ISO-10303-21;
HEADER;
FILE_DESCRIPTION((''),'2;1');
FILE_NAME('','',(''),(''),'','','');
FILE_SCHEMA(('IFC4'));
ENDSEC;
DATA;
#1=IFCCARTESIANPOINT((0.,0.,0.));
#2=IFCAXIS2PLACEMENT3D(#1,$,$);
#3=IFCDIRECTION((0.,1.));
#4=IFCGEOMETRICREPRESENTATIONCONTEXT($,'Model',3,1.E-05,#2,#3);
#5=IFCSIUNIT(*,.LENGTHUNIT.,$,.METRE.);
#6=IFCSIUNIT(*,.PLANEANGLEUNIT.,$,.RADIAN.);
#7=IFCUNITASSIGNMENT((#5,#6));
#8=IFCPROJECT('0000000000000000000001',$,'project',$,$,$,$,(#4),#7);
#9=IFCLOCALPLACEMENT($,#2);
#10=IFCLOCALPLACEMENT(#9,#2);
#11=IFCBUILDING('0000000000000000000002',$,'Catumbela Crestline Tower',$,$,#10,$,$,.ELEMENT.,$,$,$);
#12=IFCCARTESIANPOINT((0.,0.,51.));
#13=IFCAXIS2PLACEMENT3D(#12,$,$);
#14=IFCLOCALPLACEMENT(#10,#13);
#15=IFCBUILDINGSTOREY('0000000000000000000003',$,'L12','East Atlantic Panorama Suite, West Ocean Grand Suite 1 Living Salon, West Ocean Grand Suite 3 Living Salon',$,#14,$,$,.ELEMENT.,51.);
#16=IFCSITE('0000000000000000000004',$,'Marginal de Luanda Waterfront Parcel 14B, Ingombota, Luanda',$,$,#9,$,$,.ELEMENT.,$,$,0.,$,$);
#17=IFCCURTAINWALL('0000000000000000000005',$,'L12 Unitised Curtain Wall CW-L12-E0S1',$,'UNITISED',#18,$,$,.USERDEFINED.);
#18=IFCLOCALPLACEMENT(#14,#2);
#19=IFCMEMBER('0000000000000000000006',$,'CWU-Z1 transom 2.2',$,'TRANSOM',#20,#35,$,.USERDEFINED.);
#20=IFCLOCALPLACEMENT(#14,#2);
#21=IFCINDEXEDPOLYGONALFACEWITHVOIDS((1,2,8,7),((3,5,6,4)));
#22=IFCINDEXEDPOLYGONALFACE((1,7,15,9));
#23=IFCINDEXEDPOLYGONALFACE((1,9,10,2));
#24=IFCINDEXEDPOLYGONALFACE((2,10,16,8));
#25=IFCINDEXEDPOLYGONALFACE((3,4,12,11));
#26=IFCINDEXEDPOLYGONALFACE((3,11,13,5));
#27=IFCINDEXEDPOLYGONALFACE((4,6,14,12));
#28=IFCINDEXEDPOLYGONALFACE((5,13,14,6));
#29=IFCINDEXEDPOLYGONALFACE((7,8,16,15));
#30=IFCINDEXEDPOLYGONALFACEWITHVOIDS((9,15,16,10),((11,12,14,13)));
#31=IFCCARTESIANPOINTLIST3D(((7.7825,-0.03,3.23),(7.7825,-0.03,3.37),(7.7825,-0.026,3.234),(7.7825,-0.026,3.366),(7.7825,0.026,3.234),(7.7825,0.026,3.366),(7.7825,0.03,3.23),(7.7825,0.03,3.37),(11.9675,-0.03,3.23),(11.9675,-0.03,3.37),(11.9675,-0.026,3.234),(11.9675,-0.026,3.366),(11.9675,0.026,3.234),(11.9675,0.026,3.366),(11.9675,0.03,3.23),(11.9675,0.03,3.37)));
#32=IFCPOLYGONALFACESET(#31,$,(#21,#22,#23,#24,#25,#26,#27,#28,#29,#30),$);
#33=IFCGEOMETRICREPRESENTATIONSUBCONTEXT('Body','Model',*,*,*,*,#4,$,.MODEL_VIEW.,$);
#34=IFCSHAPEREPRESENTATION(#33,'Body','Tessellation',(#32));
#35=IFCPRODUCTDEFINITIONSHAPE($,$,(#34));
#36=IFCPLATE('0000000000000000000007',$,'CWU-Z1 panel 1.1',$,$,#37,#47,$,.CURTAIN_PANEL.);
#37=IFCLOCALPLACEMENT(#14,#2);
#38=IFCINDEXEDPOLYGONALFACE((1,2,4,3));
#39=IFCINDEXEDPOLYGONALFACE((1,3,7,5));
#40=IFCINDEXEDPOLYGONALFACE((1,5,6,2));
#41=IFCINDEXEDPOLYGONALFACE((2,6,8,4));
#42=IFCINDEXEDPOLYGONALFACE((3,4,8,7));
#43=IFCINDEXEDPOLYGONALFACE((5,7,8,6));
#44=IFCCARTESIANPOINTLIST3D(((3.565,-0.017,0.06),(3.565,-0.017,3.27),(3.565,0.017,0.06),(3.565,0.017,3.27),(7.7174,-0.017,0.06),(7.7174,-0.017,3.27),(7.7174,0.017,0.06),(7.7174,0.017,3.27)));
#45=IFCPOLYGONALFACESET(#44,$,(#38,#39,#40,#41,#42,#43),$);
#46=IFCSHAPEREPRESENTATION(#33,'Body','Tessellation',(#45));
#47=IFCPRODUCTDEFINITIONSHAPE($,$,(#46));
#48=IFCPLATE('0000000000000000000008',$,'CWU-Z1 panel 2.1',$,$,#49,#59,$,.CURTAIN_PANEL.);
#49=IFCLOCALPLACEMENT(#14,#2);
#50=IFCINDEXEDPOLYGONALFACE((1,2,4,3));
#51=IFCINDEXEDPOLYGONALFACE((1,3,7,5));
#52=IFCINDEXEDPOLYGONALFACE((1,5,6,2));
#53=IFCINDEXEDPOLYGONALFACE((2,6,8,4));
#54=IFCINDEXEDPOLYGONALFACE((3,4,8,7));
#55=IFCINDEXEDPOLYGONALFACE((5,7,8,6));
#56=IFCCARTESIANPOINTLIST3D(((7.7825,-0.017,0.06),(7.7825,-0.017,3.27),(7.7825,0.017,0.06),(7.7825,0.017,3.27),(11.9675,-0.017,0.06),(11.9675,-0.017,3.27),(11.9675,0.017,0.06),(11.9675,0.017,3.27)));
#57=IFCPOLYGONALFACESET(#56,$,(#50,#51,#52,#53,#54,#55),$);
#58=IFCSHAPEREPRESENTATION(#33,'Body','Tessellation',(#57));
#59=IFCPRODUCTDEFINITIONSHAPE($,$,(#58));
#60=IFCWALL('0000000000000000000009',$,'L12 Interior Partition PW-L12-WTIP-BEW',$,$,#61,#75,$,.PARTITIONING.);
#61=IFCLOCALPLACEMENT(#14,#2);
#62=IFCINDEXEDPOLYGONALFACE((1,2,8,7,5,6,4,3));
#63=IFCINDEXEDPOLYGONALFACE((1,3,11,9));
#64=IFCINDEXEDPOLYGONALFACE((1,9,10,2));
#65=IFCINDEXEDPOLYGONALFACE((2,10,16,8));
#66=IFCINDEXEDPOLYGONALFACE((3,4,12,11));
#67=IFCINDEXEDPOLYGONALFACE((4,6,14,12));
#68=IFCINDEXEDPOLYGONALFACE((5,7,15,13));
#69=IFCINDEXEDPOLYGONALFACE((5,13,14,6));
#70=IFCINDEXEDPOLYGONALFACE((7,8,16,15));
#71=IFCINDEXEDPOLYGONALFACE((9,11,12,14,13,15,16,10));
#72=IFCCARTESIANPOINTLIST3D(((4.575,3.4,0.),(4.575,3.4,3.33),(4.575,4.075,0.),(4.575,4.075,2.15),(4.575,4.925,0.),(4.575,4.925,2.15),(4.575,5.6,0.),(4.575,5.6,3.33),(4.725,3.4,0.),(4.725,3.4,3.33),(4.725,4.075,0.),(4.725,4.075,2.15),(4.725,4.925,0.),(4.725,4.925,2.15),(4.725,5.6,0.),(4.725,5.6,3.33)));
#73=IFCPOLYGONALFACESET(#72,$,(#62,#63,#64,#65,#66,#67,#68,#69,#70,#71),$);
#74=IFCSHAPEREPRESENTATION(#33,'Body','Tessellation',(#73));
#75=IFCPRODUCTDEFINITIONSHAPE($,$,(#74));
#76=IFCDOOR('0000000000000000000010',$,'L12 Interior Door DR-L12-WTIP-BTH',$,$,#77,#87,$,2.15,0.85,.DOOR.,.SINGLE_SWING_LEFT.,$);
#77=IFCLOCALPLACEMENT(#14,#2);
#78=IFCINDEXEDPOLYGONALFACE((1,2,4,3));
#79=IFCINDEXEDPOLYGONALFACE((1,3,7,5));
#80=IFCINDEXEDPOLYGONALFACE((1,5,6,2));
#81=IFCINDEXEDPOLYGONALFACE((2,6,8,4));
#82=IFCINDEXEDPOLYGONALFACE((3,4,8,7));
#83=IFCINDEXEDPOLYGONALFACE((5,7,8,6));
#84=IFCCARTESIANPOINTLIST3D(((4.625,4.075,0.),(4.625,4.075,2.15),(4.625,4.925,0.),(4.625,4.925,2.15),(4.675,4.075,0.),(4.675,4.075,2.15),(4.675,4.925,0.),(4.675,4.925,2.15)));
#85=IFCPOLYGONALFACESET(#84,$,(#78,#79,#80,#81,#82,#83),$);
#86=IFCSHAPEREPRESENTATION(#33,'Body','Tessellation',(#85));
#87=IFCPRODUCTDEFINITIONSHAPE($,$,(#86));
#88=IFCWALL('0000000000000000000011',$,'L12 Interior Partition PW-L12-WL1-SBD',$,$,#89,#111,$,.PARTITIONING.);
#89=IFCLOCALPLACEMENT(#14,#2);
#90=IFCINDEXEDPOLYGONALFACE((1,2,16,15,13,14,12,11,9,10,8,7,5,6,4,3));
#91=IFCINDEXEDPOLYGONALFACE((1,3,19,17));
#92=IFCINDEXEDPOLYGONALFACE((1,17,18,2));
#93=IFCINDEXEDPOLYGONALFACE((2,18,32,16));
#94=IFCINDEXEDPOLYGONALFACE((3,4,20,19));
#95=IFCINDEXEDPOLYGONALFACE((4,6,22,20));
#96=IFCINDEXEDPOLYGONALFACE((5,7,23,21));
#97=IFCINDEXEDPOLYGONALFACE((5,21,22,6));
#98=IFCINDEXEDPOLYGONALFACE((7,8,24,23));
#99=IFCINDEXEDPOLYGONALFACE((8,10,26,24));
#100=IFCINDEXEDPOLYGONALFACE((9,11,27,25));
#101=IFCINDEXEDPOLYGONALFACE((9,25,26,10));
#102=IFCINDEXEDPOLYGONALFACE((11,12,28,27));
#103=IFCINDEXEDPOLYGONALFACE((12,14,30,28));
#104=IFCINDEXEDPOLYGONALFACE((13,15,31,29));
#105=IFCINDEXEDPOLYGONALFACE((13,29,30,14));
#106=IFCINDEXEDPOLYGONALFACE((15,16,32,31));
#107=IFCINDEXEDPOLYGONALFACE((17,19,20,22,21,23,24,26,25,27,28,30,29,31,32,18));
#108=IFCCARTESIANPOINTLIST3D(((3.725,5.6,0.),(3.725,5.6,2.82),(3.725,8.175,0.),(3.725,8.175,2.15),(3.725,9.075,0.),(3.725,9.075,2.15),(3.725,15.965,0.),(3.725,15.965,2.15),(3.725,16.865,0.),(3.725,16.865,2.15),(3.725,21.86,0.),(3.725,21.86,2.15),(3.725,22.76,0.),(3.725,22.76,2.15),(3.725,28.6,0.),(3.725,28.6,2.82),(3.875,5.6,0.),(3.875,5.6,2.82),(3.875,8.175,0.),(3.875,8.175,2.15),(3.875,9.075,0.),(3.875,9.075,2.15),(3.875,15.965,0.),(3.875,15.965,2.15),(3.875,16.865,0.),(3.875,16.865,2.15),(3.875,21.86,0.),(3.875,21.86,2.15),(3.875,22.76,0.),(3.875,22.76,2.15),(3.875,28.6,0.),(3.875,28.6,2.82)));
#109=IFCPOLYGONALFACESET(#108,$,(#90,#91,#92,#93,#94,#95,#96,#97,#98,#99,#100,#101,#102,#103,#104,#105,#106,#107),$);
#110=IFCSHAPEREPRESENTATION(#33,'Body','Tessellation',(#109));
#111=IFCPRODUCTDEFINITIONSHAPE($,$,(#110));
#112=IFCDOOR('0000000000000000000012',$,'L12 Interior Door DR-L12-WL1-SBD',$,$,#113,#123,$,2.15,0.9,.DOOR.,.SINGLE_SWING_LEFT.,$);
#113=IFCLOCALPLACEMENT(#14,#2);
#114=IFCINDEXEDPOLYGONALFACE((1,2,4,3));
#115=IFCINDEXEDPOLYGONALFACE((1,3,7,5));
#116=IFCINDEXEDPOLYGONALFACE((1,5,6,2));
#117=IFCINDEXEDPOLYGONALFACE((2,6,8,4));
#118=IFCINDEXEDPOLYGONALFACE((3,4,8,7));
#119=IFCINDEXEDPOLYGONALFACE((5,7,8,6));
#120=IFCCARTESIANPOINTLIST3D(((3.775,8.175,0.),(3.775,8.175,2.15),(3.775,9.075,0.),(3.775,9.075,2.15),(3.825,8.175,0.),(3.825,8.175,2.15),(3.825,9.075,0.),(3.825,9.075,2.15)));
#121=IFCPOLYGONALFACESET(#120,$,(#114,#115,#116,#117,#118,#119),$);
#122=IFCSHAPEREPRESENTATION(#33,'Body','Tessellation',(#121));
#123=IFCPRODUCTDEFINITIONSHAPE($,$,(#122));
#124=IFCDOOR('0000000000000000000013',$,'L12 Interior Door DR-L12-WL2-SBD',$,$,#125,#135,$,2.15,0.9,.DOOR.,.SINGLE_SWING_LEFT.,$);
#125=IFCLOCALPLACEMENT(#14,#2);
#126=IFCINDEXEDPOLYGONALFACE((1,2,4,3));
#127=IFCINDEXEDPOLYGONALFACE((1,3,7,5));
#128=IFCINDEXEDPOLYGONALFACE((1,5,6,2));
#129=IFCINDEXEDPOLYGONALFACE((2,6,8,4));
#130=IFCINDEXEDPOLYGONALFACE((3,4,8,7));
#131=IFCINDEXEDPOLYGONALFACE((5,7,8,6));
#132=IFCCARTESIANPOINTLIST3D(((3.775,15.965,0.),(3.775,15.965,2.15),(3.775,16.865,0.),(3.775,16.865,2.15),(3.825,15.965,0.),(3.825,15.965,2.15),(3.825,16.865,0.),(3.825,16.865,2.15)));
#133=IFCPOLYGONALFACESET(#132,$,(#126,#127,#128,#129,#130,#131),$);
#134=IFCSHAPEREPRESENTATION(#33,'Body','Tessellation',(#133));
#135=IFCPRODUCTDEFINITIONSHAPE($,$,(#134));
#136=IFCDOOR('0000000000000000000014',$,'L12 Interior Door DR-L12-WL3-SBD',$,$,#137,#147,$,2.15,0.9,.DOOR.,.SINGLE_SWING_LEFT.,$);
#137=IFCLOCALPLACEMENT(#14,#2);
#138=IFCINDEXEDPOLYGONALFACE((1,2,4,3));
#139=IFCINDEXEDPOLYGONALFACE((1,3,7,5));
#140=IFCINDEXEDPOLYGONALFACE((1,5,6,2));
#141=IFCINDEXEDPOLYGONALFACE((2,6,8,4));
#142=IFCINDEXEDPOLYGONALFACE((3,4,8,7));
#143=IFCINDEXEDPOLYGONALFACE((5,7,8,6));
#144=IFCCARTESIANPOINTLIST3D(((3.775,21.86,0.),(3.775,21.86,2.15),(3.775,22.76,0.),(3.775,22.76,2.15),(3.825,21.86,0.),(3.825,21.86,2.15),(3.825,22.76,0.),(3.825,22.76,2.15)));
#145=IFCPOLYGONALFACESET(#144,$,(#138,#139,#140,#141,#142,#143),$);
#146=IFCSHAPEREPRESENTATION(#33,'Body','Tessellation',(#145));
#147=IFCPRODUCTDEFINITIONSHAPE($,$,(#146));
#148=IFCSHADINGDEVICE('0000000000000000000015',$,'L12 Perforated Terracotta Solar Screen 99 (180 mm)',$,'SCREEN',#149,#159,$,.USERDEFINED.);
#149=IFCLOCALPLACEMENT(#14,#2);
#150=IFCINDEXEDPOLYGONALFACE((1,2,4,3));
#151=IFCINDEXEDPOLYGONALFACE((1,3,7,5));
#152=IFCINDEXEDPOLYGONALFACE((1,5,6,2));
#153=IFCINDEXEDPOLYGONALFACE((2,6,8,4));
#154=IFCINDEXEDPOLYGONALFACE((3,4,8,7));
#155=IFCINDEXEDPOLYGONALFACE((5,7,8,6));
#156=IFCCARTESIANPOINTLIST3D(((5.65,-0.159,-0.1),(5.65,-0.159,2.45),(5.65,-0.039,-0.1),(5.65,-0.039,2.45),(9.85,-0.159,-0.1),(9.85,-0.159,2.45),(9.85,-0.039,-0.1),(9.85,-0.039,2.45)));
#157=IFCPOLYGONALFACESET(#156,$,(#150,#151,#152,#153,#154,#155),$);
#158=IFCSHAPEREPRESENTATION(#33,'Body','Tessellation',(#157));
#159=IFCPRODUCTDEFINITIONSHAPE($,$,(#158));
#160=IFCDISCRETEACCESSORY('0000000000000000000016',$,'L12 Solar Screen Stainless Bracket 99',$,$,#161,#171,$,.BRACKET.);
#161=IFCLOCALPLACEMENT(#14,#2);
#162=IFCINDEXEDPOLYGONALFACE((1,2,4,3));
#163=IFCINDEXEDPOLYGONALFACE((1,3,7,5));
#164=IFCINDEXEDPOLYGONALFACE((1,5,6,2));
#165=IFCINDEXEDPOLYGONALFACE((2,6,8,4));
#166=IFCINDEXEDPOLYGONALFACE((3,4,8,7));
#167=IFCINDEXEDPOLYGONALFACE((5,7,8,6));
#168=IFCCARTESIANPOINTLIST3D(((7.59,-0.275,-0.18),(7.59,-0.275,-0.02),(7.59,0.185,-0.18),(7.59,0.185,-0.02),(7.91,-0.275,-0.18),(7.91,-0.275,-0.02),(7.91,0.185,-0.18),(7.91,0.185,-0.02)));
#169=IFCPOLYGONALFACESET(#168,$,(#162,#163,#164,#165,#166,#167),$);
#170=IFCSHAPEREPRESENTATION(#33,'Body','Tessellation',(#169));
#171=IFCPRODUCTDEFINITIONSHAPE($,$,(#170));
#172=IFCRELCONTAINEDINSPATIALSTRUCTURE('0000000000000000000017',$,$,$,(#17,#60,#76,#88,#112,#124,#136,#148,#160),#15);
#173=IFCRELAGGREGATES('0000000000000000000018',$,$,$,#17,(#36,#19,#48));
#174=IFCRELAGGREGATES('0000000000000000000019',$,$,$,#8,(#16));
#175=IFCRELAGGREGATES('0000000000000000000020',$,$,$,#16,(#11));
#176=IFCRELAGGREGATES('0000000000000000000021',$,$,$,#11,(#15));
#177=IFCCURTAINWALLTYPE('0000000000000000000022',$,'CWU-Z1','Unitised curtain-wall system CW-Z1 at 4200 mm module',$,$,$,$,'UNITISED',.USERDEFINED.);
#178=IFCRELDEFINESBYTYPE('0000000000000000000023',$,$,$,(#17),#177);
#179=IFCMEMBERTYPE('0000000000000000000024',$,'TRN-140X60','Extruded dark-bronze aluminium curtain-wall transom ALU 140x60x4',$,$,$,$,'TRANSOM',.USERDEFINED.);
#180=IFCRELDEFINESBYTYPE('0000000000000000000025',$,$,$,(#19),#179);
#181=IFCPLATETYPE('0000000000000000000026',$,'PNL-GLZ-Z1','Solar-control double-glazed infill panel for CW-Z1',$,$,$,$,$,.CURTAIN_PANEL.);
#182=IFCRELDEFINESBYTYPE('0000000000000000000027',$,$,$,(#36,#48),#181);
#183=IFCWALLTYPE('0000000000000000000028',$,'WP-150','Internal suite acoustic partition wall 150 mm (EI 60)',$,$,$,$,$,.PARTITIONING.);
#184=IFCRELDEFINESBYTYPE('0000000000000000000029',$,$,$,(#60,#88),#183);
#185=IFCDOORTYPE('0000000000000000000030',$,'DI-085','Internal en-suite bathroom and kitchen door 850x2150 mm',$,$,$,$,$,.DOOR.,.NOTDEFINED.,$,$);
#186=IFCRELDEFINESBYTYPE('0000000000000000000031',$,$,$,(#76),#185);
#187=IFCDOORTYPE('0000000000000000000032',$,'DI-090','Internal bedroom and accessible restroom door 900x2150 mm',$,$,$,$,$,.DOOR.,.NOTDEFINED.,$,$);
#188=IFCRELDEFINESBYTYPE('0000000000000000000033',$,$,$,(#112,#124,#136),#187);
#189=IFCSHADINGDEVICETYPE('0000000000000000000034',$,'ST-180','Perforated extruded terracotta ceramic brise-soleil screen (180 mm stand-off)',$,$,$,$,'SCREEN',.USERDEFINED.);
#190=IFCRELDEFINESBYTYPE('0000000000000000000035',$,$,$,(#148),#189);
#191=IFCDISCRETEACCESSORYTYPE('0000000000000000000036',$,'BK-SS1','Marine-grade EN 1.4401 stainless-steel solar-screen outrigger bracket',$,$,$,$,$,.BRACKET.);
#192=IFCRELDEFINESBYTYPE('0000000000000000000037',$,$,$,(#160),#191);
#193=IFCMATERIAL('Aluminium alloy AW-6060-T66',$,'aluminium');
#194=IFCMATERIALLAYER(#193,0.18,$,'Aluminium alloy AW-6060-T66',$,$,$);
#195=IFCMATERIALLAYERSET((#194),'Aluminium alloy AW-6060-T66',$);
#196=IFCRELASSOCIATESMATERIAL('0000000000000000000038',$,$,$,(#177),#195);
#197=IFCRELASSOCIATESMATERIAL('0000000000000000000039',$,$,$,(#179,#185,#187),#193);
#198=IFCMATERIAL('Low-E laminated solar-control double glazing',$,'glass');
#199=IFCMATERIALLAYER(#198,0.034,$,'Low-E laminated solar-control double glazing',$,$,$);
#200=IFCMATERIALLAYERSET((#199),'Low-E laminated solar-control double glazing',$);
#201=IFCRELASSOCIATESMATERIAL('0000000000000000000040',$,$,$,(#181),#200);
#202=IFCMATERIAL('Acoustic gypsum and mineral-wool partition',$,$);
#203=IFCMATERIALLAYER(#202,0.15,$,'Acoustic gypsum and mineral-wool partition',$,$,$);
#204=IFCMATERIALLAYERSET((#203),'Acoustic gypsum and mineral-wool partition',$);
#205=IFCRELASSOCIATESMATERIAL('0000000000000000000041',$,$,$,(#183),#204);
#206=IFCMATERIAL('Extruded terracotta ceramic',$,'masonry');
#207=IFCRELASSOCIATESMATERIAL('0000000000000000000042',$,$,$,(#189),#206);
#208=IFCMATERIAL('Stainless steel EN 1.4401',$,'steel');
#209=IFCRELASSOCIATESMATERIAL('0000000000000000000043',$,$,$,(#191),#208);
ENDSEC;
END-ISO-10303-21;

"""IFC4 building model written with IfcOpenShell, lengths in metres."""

from ifc_helpers import new_model, si_unit, direction, frame, frame_2d, origin, origin_2d, place, context, subcontext, project, spatial, rectangle, hollow_rectangle, extrude, material, layer, layer_set, material_profile, profile_set, type_object, element, fill, aggregate, save


model = new_model("IFC4")

# Units and contexts
model_context = context("Model", 3, precision=1e-05, world=origin(), true_north=direction((0.0, 1.0)))
body_context = subcontext(model_context, "Body", "Model", "MODEL_VIEW")
ifc_project = project(units=[si_unit("LENGTHUNIT", "METRE"), si_unit("PLANEANGLEUNIT", "RADIAN")], contexts=[model_context])

# Site, building, storey
site_placement = place(None, origin())
site = spatial("IfcSite", under=ifc_project, at=site_placement, Name="Marginal de Luanda Waterfront Parcel 14B, Ingombota, Luanda", CompositionType="ELEMENT", RefElevation=0.0)
building_placement = place(site_placement, origin())
building = spatial("IfcBuilding", under=site, at=building_placement, Name="Catumbela Crestline Tower", CompositionType="ELEMENT")
storey_placement = place(building_placement, frame((0.0, 0.0, 51.0)))
storey = spatial("IfcBuildingStorey", under=building, at=storey_placement, Name="L12", Description="East Atlantic Panorama Suite, West Ocean Grand Suite 1 Living Salon, West Ocean Grand Suite 3 Living Salon", CompositionType="ELEMENT", Elevation=51.0)

# Curtain wall, member, plates
ifc_material_1 = material(Name="Aluminium alloy AW-6060-T66", Category="aluminium")
ifc_layer_1 = layer(ifc_material_1, 0.18, Name="Aluminium alloy AW-6060-T66")
ifc_layer_set_1 = layer_set([ifc_layer_1], Name="Aluminium alloy AW-6060-T66")
curtain_wall_type = type_object("IfcCurtainWallType", Name="CWU-Z1", Description="Unitised curtain-wall system CW-Z1 at 4200 mm module", ElementType="UNITISED", PredefinedType="USERDEFINED", material=ifc_layer_set_1)
curtain_wall_placement = place(storey_placement, origin())
curtain_wall = element("IfcCurtainWall", 1, at=curtain_wall_placement, inside=storey, type_object=curtain_wall_type, Name="L12 Unitised Curtain Wall CW-L12-E0S1", ObjectType="UNITISED", PredefinedType="USERDEFINED")
ifc_material_profile_1 = material_profile(ifc_material_1, hollow_rectangle(XDim=0.06, YDim=0.14, WallThickness=0.004, at=origin_2d()), Name="ALU 140x60x4")
ifc_profile_set_1 = profile_set([ifc_material_profile_1], Name="Aluminium alloy AW-6060-T66")
member_type_1 = type_object("IfcMemberType", Name="TRN-140X60", Description="Extruded dark-bronze aluminium curtain-wall transom ALU 140x60x4", ElementType="TRANSOM", PredefinedType="USERDEFINED", material=ifc_profile_set_1)
member_1_placement = place(storey_placement, frame((7.7825, 0.0, 3.3), z_axis=(1.0, 0.0, 0.0), x_axis=(0.0, 1.0, 0.0)))
member_1 = element("IfcMember", 2, at=member_1_placement, type_object=member_type_1, Name="CWU-Z1 transom 2.2", ObjectType="TRANSOM", PredefinedType="USERDEFINED", context=body_context, shape_type="SweptSolid", body=[
    extrude(hollow_rectangle(XDim=0.06, YDim=0.14, WallThickness=0.004, at=origin_2d()), origin(), (0.0, 0.0, 1.0), 4.185),
])
ifc_material_2 = material(Name="Low-E laminated solar-control double glazing", Category="glass")
ifc_layer_2 = layer(ifc_material_2, 0.034, Name="Low-E laminated solar-control double glazing")
ifc_layer_set_2 = layer_set([ifc_layer_2], Name="Low-E laminated solar-control double glazing")
plate_type = type_object("IfcPlateType", Name="PNL-GLZ-Z1", Description="Solar-control double-glazed infill panel for CW-Z1", PredefinedType="CURTAIN_PANEL", material=ifc_layer_set_2)
plate_1_placement = place(storey_placement, frame((5.6412, 0.0, 0.06), z_axis=(0.0, 0.0, 1.0), x_axis=(1.0, 0.0, 0.0)))
plate_1 = element("IfcPlate", 3, at=plate_1_placement, type_object=plate_type, Name="CWU-Z1 panel 1.1", PredefinedType="CURTAIN_PANEL", context=body_context, shape_type="SweptSolid", body=[
    extrude(rectangle(XDim=4.1525, YDim=0.034, at=origin_2d()), origin(), (0.0, 0.0, 1.0), 3.21),
])
plate_2_placement = place(storey_placement, frame((9.875, 0.0, 0.06), z_axis=(0.0, 0.0, 1.0), x_axis=(1.0, 0.0, 0.0)))
plate_2 = element("IfcPlate", 4, at=plate_2_placement, type_object=plate_type, Name="CWU-Z1 panel 2.1", PredefinedType="CURTAIN_PANEL", context=body_context, shape_type="SweptSolid", body=[
    extrude(rectangle(XDim=4.185, YDim=0.034, at=origin_2d()), origin(), (0.0, 0.0, 1.0), 3.21),
])
aggregate(curtain_wall, [plate_1, member_1, plate_2])

# Wall, opening, door
ifc_material_3 = material(Name="Acoustic gypsum and mineral-wool partition")
ifc_layer_3 = layer(ifc_material_3, 0.15, Name="Acoustic gypsum and mineral-wool partition")
ifc_layer_set_3 = layer_set([ifc_layer_3], Name="Acoustic gypsum and mineral-wool partition")
wall_type = type_object("IfcWallType", Name="WP-150", Description="Internal suite acoustic partition wall 150 mm (EI 60)", PredefinedType="PARTITIONING", material=ifc_layer_set_3)
wall_1_placement = place(storey_placement, frame((4.65, 3.4, 0.0), z_axis=(0.0, 0.0, 1.0), x_axis=(0.0, 1.0, 0.0)))
wall_1 = element("IfcWall", 5, at=wall_1_placement, inside=storey, type_object=wall_type, Name="L12 Interior Partition PW-L12-WTIP-BEW", PredefinedType="PARTITIONING", context=body_context, shape_type="SweptSolid", body=[
    extrude(rectangle(XDim=2.2, YDim=0.15, at=frame_2d((1.1, 0.0))), origin(), (0.0, 0.0, 1.0), 3.33),
])
opening_1_placement = place(wall_1_placement, frame((0.675, 0.0, 0.0)))
opening_1 = element("IfcOpeningElement", 6, at=opening_1_placement, cuts=wall_1, PredefinedType="OPENING", context=body_context, shape_type="SweptSolid", body=[
    extrude(rectangle(XDim=0.85, YDim=2.15, at=frame_2d((0.425, 1.075))), frame((0.0, 0.085, 0.0), z_axis=(0.0, -1.0, 0.0), x_axis=(1.0, 0.0, 0.0)), (0.0, 0.0, 1.0), 0.17),
])
door_type_1 = type_object("IfcDoorType", Name="DI-085", Description="Internal en-suite bathroom and kitchen door 850x2150 mm", OperationType="NOTDEFINED", PredefinedType="DOOR", material=ifc_material_1)
door_1_placement = place(opening_1_placement, origin())
door_1 = element("IfcDoor", 7, at=door_1_placement, inside=storey, type_object=door_type_1, Name="L12 Interior Door DR-L12-WTIP-BTH", OperationType="SINGLE_SWING_LEFT", OverallHeight=2.15, OverallWidth=0.85, PredefinedType="DOOR", context=body_context, shape_type="SweptSolid", body=[
    extrude(rectangle(XDim=0.85, YDim=2.15, at=frame_2d((0.425, 1.075))), frame((0.0, 0.025, 0.0), z_axis=(0.0, -1.0, 0.0), x_axis=(1.0, 0.0, 0.0)), (0.0, 0.0, 1.0), 0.05),
])
fill(opening_1, door_1)

# Wall, openings, doors
wall_2_placement = place(storey_placement, frame((3.8, 5.6, 0.0), z_axis=(0.0, 0.0, 1.0), x_axis=(0.0, 1.0, 0.0)))
wall_2 = element("IfcWall", 8, at=wall_2_placement, inside=storey, type_object=wall_type, Name="L12 Interior Partition PW-L12-WL1-SBD", PredefinedType="PARTITIONING", context=body_context, shape_type="SweptSolid", body=[
    extrude(rectangle(XDim=23.0, YDim=0.15, at=frame_2d((11.5, 0.0))), origin(), (0.0, 0.0, 1.0), 2.82),
])
opening_2_placement = place(wall_2_placement, frame((2.575, 0.0, 0.0)))
opening_2 = element("IfcOpeningElement", 9, at=opening_2_placement, cuts=wall_2, PredefinedType="OPENING", context=body_context, shape_type="SweptSolid", body=[
    extrude(rectangle(XDim=0.9, YDim=2.15, at=frame_2d((0.45, 1.075))), frame((0.0, 0.085, 0.0), z_axis=(0.0, -1.0, 0.0), x_axis=(1.0, 0.0, 0.0)), (0.0, 0.0, 1.0), 0.17),
])
opening_3_placement = place(wall_2_placement, frame((10.365, 0.0, 0.0)))
opening_3 = element("IfcOpeningElement", 10, at=opening_3_placement, cuts=wall_2, PredefinedType="OPENING", context=body_context, shape_type="SweptSolid", body=[
    extrude(rectangle(XDim=0.9, YDim=2.15, at=frame_2d((0.45, 1.075))), frame((0.0, 0.085, 0.0), z_axis=(0.0, -1.0, 0.0), x_axis=(1.0, 0.0, 0.0)), (0.0, 0.0, 1.0), 0.17),
])
opening_4_placement = place(wall_2_placement, frame((16.26, 0.0, 0.0)))
opening_4 = element("IfcOpeningElement", 11, at=opening_4_placement, cuts=wall_2, PredefinedType="OPENING", context=body_context, shape_type="SweptSolid", body=[
    extrude(rectangle(XDim=0.9, YDim=2.15, at=frame_2d((0.45, 1.075))), frame((0.0, 0.085, 0.0), z_axis=(0.0, -1.0, 0.0), x_axis=(1.0, 0.0, 0.0)), (0.0, 0.0, 1.0), 0.17),
])
door_type_2 = type_object("IfcDoorType", Name="DI-090", Description="Internal bedroom and accessible restroom door 900x2150 mm", OperationType="NOTDEFINED", PredefinedType="DOOR", material=ifc_material_1)
door_2_placement = place(opening_2_placement, origin())
door_2 = element("IfcDoor", 12, at=door_2_placement, inside=storey, type_object=door_type_2, Name="L12 Interior Door DR-L12-WL1-SBD", OperationType="SINGLE_SWING_LEFT", OverallHeight=2.15, OverallWidth=0.9, PredefinedType="DOOR", context=body_context, shape_type="SweptSolid", body=[
    extrude(rectangle(XDim=0.9, YDim=2.15, at=frame_2d((0.45, 1.075))), frame((0.0, 0.025, 0.0), z_axis=(0.0, -1.0, 0.0), x_axis=(1.0, 0.0, 0.0)), (0.0, 0.0, 1.0), 0.05),
])
fill(opening_2, door_2)
door_3_placement = place(opening_3_placement, origin())
door_3 = element("IfcDoor", 13, at=door_3_placement, inside=storey, type_object=door_type_2, Name="L12 Interior Door DR-L12-WL2-SBD", OperationType="SINGLE_SWING_LEFT", OverallHeight=2.15, OverallWidth=0.9, PredefinedType="DOOR", context=body_context, shape_type="SweptSolid", body=[
    extrude(rectangle(XDim=0.9, YDim=2.15, at=frame_2d((0.45, 1.075))), frame((0.0, 0.025, 0.0), z_axis=(0.0, -1.0, 0.0), x_axis=(1.0, 0.0, 0.0)), (0.0, 0.0, 1.0), 0.05),
])
fill(opening_3, door_3)
door_4_placement = place(opening_4_placement, origin())
door_4 = element("IfcDoor", 14, at=door_4_placement, inside=storey, type_object=door_type_2, Name="L12 Interior Door DR-L12-WL3-SBD", OperationType="SINGLE_SWING_LEFT", OverallHeight=2.15, OverallWidth=0.9, PredefinedType="DOOR", context=body_context, shape_type="SweptSolid", body=[
    extrude(rectangle(XDim=0.9, YDim=2.15, at=frame_2d((0.45, 1.075))), frame((0.0, 0.025, 0.0), z_axis=(0.0, -1.0, 0.0), x_axis=(1.0, 0.0, 0.0)), (0.0, 0.0, 1.0), 0.05),
])
fill(opening_4, door_4)

# Shading device
ifc_material_4 = material(Name="Extruded terracotta ceramic", Category="masonry")
shading_device_type = type_object("IfcShadingDeviceType", Name="ST-180", Description="Perforated extruded terracotta ceramic brise-soleil screen (180 mm stand-off)", ElementType="SCREEN", PredefinedType="USERDEFINED", material=ifc_material_4)
shading_device_placement = place(storey_placement, frame((7.75, -0.099, -0.1), z_axis=(0.0, 0.0, 1.0), x_axis=(1.0, 0.0, 0.0)))
element("IfcShadingDevice", 15, at=shading_device_placement, inside=storey, type_object=shading_device_type, Name="L12 Perforated Terracotta Solar Screen 99 (180 mm)", ObjectType="SCREEN", PredefinedType="USERDEFINED", context=body_context, shape_type="SweptSolid", body=[
    extrude(rectangle(XDim=4.2, YDim=0.12, at=origin_2d()), origin(), (0.0, 0.0, 1.0), 2.55),
])

# Discrete accessory
ifc_material_5 = material(Name="Stainless steel EN 1.4401", Category="steel")
discrete_accessory_type = type_object("IfcDiscreteAccessoryType", Name="BK-SS1", Description="Marine-grade EN 1.4401 stainless-steel solar-screen outrigger bracket", PredefinedType="BRACKET", material=ifc_material_5)
discrete_accessory_placement = place(storey_placement, frame((7.75, -0.045, -0.18), z_axis=(0.0, 0.0, 1.0), x_axis=(1.0, 0.0, 0.0)))
element("IfcDiscreteAccessory", 16, at=discrete_accessory_placement, inside=storey, type_object=discrete_accessory_type, Name="L12 Solar Screen Stainless Bracket 99", PredefinedType="BRACKET", context=body_context, shape_type="SweptSolid", body=[
    extrude(rectangle(XDim=0.32, YDim=0.46, at=origin_2d()), origin(), (0.0, 0.0, 1.0), 0.16),
])

save(model, "model.ifc")
